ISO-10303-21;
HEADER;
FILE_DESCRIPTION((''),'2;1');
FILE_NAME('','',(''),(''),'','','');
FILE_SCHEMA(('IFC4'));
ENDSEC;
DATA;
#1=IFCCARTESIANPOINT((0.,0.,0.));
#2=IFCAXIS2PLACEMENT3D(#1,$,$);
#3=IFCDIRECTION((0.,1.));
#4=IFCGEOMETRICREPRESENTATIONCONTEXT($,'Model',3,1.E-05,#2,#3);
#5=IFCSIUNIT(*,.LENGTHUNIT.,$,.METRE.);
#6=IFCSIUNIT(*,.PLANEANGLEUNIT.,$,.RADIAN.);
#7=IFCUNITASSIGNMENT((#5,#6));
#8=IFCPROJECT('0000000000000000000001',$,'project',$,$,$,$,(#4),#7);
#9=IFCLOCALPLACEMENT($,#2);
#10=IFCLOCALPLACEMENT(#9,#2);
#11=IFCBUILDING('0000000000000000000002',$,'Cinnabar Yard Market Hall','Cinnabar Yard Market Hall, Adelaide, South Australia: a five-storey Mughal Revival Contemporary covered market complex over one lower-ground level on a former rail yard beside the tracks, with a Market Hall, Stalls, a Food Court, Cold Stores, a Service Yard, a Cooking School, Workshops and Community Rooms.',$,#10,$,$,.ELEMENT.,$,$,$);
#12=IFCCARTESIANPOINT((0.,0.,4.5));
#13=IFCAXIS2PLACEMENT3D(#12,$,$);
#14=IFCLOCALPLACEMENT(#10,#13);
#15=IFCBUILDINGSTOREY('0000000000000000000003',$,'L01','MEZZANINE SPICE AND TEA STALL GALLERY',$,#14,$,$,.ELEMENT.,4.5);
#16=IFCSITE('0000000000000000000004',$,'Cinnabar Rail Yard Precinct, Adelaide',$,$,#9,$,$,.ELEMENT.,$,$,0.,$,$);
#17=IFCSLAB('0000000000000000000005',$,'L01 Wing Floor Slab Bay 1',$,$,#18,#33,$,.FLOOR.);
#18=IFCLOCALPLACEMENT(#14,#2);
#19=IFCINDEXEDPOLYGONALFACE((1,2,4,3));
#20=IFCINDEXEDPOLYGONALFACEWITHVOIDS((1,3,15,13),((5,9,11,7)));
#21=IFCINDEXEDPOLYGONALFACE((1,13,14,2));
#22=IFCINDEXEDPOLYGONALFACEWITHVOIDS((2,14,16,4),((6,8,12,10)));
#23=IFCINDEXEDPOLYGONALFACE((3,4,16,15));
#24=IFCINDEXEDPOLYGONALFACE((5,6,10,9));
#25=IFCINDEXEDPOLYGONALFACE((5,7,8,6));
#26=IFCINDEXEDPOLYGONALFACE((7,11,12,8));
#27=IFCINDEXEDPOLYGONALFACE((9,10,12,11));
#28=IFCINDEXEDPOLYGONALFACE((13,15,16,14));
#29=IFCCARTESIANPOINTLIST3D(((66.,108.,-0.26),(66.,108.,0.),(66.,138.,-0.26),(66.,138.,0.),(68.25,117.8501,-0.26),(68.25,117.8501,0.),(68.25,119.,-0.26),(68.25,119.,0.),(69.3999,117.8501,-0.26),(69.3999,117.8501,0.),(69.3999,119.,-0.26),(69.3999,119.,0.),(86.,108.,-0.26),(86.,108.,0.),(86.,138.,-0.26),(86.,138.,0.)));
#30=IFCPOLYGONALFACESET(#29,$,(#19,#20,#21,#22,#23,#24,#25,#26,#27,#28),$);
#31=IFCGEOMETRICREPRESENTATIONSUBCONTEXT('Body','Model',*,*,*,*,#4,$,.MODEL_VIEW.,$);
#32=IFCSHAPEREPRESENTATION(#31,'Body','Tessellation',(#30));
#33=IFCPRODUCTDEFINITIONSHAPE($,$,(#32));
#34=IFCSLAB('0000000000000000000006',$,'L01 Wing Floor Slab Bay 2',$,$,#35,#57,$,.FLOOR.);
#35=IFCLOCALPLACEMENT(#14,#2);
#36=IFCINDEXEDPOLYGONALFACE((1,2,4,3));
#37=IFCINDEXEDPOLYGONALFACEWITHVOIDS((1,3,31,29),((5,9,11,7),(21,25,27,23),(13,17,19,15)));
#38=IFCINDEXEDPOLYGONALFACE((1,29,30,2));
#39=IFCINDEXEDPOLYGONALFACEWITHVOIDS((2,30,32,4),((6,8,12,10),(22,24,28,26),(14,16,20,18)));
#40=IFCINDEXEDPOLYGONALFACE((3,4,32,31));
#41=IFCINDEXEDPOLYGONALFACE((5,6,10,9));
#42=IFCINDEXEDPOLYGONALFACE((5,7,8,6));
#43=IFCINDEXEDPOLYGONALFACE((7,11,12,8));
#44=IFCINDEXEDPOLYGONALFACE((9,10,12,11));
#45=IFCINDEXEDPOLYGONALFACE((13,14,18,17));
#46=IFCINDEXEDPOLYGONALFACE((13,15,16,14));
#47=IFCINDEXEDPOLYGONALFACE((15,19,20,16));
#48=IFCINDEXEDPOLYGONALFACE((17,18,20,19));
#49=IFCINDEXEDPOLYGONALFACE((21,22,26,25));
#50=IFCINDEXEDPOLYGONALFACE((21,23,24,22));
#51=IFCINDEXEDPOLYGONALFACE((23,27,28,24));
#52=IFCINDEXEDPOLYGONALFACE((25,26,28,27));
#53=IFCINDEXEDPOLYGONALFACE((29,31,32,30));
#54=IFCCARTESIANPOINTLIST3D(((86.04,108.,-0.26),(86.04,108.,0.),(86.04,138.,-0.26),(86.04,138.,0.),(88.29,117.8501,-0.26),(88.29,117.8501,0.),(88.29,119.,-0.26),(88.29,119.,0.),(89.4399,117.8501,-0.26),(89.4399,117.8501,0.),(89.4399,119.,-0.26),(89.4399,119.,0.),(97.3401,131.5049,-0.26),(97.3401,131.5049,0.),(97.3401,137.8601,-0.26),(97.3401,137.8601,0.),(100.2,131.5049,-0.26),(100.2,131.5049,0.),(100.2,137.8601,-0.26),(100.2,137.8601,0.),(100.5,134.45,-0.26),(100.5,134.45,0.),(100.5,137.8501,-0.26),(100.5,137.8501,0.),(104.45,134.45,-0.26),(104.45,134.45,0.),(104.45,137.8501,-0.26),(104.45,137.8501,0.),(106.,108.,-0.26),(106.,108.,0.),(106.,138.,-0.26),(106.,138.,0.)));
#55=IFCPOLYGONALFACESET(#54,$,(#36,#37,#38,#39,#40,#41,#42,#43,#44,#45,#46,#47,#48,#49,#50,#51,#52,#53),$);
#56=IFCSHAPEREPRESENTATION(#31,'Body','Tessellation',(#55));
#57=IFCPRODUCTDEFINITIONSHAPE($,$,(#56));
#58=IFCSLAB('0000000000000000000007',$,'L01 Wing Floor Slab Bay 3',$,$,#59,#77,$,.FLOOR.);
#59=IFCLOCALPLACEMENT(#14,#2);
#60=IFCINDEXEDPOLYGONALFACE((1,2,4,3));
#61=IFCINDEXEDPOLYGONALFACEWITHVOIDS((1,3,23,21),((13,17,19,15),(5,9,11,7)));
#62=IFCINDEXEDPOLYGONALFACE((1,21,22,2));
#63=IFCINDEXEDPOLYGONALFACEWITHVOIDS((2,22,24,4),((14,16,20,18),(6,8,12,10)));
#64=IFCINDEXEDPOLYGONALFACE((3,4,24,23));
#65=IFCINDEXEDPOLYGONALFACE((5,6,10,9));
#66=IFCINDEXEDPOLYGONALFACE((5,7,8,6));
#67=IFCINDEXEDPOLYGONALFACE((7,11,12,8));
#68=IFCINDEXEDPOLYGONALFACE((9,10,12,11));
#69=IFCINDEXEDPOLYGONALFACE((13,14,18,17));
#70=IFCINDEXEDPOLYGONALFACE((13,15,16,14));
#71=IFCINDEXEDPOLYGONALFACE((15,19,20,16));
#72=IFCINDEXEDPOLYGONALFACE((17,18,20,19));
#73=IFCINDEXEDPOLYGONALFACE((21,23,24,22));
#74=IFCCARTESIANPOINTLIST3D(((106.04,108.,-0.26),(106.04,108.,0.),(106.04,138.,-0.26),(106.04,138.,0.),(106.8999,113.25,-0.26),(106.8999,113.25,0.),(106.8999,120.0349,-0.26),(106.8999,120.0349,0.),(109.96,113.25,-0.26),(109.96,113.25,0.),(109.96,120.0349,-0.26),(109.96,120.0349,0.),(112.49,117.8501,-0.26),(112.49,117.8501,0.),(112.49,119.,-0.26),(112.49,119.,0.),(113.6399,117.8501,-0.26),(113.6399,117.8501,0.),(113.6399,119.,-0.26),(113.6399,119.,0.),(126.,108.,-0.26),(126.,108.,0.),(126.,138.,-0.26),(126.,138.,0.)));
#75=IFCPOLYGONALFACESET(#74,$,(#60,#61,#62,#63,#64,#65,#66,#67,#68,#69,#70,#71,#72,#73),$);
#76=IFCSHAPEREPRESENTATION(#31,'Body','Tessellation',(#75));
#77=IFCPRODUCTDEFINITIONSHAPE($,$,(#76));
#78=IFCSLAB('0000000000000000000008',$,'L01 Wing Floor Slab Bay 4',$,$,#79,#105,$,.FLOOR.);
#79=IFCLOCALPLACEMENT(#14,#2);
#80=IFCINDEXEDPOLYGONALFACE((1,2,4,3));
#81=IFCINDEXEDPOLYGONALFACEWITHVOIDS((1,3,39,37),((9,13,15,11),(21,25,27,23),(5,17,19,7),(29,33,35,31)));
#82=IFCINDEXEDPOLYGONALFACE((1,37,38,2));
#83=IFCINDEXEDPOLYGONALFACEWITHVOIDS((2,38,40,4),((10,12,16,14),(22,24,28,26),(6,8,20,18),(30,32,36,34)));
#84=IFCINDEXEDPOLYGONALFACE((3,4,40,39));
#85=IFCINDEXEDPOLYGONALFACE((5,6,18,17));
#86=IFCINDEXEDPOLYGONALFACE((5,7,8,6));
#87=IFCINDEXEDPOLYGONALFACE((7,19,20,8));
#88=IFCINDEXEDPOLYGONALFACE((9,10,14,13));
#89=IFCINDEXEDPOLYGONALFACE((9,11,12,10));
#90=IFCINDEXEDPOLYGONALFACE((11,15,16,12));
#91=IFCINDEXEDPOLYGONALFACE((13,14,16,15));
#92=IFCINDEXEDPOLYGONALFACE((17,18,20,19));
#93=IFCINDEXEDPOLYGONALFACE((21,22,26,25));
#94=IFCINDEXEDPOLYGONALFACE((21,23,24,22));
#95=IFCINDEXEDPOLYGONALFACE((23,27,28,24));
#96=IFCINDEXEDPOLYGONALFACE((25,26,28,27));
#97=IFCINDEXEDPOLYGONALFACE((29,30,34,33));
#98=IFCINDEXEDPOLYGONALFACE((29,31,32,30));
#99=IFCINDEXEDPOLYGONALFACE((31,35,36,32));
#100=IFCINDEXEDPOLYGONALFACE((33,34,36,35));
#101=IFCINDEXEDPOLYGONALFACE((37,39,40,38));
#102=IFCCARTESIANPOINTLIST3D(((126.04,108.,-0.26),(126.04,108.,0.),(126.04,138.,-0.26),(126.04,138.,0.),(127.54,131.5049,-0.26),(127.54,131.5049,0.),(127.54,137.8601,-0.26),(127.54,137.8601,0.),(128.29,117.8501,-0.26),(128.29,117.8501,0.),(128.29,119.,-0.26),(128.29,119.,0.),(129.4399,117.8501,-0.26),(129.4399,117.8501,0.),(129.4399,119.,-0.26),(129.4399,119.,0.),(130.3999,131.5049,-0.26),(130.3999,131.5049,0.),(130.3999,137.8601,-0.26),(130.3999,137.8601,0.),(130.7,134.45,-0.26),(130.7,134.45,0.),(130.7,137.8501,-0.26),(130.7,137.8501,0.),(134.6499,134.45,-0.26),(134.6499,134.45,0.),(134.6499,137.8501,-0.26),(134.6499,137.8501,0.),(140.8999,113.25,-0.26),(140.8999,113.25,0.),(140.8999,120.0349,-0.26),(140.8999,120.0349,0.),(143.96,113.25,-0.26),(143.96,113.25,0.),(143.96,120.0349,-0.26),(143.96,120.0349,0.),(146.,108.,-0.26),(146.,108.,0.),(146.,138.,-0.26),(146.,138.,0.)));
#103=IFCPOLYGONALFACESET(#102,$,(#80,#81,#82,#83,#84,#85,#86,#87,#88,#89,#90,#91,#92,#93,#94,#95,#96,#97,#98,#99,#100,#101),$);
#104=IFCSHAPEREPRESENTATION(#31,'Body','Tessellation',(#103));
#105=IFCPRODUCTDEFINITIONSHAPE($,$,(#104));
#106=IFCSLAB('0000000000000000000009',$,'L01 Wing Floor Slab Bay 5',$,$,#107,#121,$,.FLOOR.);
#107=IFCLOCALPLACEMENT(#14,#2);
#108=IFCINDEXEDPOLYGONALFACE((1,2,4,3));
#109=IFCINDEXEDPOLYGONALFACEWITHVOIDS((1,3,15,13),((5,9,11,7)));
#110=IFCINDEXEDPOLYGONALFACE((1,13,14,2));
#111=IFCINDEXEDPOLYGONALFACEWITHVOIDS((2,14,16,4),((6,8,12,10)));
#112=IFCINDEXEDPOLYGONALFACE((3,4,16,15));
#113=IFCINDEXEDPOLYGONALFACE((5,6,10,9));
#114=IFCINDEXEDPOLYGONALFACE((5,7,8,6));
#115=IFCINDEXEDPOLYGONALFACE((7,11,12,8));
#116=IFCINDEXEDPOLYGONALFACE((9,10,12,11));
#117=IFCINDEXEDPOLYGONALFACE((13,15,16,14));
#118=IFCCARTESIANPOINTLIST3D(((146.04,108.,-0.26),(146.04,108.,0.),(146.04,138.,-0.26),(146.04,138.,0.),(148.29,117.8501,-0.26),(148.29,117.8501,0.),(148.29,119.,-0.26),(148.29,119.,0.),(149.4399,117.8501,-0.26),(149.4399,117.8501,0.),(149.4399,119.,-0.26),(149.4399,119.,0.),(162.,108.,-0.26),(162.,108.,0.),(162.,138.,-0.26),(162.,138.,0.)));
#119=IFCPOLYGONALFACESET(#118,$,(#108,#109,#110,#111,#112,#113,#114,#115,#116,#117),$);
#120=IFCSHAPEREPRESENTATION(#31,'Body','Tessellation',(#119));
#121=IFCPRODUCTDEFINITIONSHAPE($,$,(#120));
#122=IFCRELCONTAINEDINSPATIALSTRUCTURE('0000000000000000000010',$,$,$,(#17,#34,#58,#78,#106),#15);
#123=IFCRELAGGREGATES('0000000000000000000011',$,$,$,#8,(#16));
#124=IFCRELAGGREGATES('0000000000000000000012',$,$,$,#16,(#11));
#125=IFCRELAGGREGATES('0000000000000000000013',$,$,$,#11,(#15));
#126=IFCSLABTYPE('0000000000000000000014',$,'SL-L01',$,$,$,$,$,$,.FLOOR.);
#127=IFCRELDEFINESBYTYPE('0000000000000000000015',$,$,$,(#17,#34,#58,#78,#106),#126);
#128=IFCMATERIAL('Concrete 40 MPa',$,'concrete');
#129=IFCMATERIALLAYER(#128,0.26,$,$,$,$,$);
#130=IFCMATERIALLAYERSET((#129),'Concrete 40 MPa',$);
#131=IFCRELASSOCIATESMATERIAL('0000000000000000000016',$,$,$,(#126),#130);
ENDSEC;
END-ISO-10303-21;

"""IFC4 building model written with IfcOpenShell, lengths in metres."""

from ifc_helpers import new_model, si_unit, direction, frame, origin, place, context, subcontext, project, spatial, polyline, outline, extrude, material, layer, layer_set, type_object, element, save


model = new_model("IFC4")

# Units and contexts
model_context = context("Model", 3, precision=1e-05, world=origin(), true_north=direction((0.0, 1.0)))
body_context = subcontext(model_context, "Body", "Model", "MODEL_VIEW")
ifc_project = project(units=[si_unit("LENGTHUNIT", "METRE"), si_unit("PLANEANGLEUNIT", "RADIAN")], contexts=[model_context])

# Site, building, storey
site_placement = place(None, origin())
site = spatial("IfcSite", under=ifc_project, at=site_placement, Name="Cinnabar Rail Yard Precinct, Adelaide", CompositionType="ELEMENT", RefElevation=0.0)
building_placement = place(site_placement, origin())
building = spatial("IfcBuilding", under=site, at=building_placement, Name="Cinnabar Yard Market Hall", Description="Cinnabar Yard Market Hall, Adelaide, South Australia: a five-storey Mughal Revival Contemporary covered market complex over one lower-ground level on a former rail yard beside the tracks, with a Market Hall, Stalls, a Food Court, Cold Stores, a Service Yard, a Cooking School, Workshops and Community Rooms.", CompositionType="ELEMENT")
storey_placement = place(building_placement, frame((0.0, 0.0, 4.5)))
storey = spatial("IfcBuildingStorey", under=building, at=storey_placement, Name="L01", Description="MEZZANINE SPICE AND TEA STALL GALLERY", CompositionType="ELEMENT", Elevation=4.5)

# Slabs
ifc_material_1 = material(Name="Concrete 40 MPa", Category="concrete")
ifc_layer_1 = layer(ifc_material_1, 0.26)
ifc_layer_set_1 = layer_set([ifc_layer_1], Name="Concrete 40 MPa")
slab_type_1 = type_object("IfcSlabType", Name="SL-L01", PredefinedType="FLOOR", material=ifc_layer_set_1)
slab_1_placement = place(storey_placement, frame((0.0, 0.0, -0.26)))
element("IfcSlab", 1, at=slab_1_placement, inside=storey, type_object=slab_type_1, Name="L01 Wing Floor Slab Bay 1", PredefinedType="FLOOR", context=body_context, shape_type="SweptSolid", body=[
    extrude(outline(polyline([(66.0, 108.0), (86.0, 108.0), (86.0, 138.0), (66.0, 138.0), (66.0, 108.0)]), holes=[polyline([(68.25, 117.8501), (69.3999, 117.8501), (69.3999, 119.0), (68.25, 119.0), (68.25, 117.8501)])]), origin(), (0.0, 0.0, 1.0), 0.26),
])
slab_2_placement = place(storey_placement, frame((0.0, 0.0, -0.26)))
element("IfcSlab", 2, at=slab_2_placement, inside=storey, type_object=slab_type_1, Name="L01 Wing Floor Slab Bay 2", PredefinedType="FLOOR", context=body_context, shape_type="SweptSolid", body=[
    extrude(outline(polyline([(86.04, 108.0), (106.0, 108.0), (106.0, 138.0), (86.04, 138.0), (86.04, 108.0)]), holes=[polyline([(88.29, 117.8501), (89.4399, 117.8501), (89.4399, 119.0), (88.29, 119.0), (88.29, 117.8501)]), polyline([(100.2, 131.5049), (100.2, 137.8601), (97.3401, 137.8601), (97.3401, 131.5049), (100.2, 131.5049)]), polyline([(100.5, 134.45), (104.45, 134.45), (104.45, 137.8501), (100.5, 137.8501), (100.5, 134.45)])]), origin(), (0.0, 0.0, 1.0), 0.26),
])
slab_3_placement = place(storey_placement, frame((0.0, 0.0, -0.26)))
element("IfcSlab", 3, at=slab_3_placement, inside=storey, type_object=slab_type_1, Name="L01 Wing Floor Slab Bay 3", PredefinedType="FLOOR", context=body_context, shape_type="SweptSolid", body=[
    extrude(outline(polyline([(106.04, 108.0), (126.0, 108.0), (126.0, 138.0), (106.04, 138.0), (106.04, 108.0)]), holes=[polyline([(112.49, 117.8501), (113.6399, 117.8501), (113.6399, 119.0), (112.49, 119.0), (112.49, 117.8501)]), polyline([(106.8999, 120.0349), (106.8999, 113.25), (109.96, 113.25), (109.96, 120.0349), (106.8999, 120.0349)])]), origin(), (0.0, 0.0, 1.0), 0.26),
])
slab_4_placement = place(storey_placement, frame((0.0, 0.0, -0.26)))
element("IfcSlab", 4, at=slab_4_placement, inside=storey, type_object=slab_type_1, Name="L01 Wing Floor Slab Bay 4", PredefinedType="FLOOR", context=body_context, shape_type="SweptSolid", body=[
    extrude(outline(polyline([(126.04, 108.0), (146.0, 108.0), (146.0, 138.0), (126.04, 138.0), (126.04, 108.0)]), holes=[polyline([(128.29, 117.8501), (129.4399, 117.8501), (129.4399, 119.0), (128.29, 119.0), (128.29, 117.8501)]), polyline([(130.3999, 131.5049), (130.3999, 137.8601), (127.54, 137.8601), (127.54, 131.5049), (130.3999, 131.5049)]), polyline([(130.7, 134.45), (134.6499, 134.45), (134.6499, 137.8501), (130.7, 137.8501), (130.7, 134.45)]), polyline([(140.8999, 120.0349), (140.8999, 113.25), (143.96, 113.25), (143.96, 120.0349), (140.8999, 120.0349)])]), origin(), (0.0, 0.0, 1.0), 0.26),
])
slab_5_placement = place(storey_placement, frame((0.0, 0.0, -0.26)))
element("IfcSlab", 5, at=slab_5_placement, inside=storey, type_object=slab_type_1, Name="L01 Wing Floor Slab Bay 5", PredefinedType="FLOOR", context=body_context, shape_type="SweptSolid", body=[
    extrude(outline(polyline([(146.04, 108.0), (162.0, 108.0), (162.0, 138.0), (146.04, 138.0), (146.04, 108.0)]), holes=[polyline([(148.29, 117.8501), (149.4399, 117.8501), (149.4399, 119.0), (148.29, 119.0), (148.29, 117.8501)])]), origin(), (0.0, 0.0, 1.0), 0.26),
])

save(model, "model.ifc")
